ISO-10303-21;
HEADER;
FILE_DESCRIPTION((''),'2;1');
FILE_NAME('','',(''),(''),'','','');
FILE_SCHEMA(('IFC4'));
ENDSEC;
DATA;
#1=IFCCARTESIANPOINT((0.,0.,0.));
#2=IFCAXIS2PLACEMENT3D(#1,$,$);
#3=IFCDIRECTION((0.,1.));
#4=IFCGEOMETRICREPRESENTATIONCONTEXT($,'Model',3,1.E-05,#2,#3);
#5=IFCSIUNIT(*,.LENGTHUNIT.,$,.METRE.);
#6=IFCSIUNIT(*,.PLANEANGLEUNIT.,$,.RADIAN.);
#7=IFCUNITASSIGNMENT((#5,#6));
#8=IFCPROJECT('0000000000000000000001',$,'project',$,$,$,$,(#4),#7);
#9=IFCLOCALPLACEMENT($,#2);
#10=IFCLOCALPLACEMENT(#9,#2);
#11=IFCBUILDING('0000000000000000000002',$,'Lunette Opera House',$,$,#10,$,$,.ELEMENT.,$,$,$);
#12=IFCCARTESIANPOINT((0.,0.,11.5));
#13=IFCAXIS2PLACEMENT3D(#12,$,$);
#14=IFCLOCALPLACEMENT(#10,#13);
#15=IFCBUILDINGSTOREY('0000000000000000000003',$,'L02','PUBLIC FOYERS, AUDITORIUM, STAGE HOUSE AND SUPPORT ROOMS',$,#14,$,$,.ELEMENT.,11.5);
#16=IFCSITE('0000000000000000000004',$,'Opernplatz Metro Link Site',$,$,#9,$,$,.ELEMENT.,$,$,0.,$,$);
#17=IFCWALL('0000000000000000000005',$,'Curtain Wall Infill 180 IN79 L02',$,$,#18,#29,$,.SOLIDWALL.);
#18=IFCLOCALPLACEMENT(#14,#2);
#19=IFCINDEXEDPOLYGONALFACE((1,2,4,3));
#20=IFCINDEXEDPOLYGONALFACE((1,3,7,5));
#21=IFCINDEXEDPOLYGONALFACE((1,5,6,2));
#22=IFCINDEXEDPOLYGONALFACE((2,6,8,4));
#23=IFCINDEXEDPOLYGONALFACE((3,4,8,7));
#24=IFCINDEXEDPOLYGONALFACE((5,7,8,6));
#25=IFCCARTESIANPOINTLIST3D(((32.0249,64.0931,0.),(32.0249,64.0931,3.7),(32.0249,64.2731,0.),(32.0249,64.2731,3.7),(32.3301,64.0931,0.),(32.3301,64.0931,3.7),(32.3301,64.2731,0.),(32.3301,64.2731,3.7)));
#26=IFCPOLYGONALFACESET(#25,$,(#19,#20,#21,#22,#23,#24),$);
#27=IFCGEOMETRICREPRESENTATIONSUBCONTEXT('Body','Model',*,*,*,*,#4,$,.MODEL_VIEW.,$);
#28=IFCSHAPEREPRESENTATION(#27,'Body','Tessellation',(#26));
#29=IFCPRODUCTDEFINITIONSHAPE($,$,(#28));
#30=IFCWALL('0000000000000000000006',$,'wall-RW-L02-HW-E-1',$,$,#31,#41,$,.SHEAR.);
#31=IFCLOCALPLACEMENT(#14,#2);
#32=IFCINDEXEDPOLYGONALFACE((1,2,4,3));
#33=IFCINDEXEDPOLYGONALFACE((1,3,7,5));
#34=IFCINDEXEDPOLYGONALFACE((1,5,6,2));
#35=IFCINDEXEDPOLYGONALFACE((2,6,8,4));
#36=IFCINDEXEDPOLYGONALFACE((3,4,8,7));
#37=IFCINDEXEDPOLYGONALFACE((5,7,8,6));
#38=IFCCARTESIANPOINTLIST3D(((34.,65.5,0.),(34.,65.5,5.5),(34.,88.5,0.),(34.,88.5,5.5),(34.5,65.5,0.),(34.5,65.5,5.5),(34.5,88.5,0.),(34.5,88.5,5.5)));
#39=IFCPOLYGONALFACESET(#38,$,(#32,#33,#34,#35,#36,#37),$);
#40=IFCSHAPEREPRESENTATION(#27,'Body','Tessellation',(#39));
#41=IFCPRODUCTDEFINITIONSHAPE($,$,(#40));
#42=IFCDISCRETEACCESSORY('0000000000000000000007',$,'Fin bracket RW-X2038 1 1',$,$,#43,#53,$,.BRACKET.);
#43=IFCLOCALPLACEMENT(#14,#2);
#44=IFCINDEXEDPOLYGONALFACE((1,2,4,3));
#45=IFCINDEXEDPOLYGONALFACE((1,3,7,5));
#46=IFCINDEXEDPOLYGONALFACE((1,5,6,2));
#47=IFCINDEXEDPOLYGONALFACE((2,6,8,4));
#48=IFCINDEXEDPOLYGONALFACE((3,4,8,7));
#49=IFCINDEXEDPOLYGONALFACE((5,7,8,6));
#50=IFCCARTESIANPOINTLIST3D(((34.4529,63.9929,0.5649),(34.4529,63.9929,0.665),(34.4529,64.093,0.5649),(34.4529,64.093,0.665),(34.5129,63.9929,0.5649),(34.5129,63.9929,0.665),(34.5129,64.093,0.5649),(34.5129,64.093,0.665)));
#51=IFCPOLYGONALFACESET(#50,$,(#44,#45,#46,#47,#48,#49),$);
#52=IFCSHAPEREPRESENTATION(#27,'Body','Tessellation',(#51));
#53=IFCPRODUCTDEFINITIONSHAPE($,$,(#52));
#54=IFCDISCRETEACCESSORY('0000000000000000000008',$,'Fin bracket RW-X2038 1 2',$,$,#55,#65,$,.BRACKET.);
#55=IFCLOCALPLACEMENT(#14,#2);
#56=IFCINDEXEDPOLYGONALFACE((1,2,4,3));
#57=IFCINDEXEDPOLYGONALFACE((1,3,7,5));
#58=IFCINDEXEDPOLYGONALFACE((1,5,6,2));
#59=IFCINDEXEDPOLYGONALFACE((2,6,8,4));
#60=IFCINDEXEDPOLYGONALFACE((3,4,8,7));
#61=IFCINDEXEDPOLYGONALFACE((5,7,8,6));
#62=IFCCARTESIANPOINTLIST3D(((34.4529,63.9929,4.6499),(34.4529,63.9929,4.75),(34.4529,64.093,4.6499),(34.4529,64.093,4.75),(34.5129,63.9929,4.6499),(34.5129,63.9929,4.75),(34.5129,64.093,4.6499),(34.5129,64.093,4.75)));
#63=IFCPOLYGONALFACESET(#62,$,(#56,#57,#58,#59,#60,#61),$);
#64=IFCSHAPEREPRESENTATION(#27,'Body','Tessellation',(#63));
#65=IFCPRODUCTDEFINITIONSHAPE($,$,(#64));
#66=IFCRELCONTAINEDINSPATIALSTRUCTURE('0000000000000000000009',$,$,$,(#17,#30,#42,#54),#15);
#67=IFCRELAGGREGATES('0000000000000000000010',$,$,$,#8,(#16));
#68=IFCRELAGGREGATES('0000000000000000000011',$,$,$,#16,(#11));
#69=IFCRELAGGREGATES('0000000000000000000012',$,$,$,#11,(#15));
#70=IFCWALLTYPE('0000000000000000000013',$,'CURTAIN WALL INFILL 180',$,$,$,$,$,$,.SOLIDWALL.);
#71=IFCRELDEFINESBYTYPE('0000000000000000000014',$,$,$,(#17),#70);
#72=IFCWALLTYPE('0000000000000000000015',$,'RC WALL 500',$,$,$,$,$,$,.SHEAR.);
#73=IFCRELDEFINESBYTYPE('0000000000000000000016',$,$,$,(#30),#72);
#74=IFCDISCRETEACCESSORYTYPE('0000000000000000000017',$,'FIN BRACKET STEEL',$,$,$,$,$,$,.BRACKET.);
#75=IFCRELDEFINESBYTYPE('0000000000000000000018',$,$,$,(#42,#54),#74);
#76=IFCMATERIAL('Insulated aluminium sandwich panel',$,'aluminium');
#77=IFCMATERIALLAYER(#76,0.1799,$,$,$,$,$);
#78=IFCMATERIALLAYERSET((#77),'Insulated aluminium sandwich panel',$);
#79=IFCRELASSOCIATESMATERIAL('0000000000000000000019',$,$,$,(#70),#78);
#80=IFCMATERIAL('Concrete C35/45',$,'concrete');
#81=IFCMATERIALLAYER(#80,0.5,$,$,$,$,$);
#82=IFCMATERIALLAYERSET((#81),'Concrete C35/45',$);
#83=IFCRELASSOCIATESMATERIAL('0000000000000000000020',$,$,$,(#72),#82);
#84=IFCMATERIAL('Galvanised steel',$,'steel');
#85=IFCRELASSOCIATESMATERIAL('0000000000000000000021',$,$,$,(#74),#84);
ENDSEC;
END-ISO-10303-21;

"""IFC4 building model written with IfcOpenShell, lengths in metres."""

from ifc_helpers import new_model, si_unit, direction, frame, frame_2d, origin, origin_2d, place, context, subcontext, project, spatial, rectangle, extrude, material, layer, layer_set, type_object, element, save


model = new_model("IFC4")

# Units and contexts
model_context = context("Model", 3, precision=1e-05, world=origin(), true_north=direction((0.0, 1.0)))
body_context = subcontext(model_context, "Body", "Model", "MODEL_VIEW")
ifc_project = project(units=[si_unit("LENGTHUNIT", "METRE"), si_unit("PLANEANGLEUNIT", "RADIAN")], contexts=[model_context])

# Site, building, storey
site_placement = place(None, origin())
site = spatial("IfcSite", under=ifc_project, at=site_placement, Name="Opernplatz Metro Link Site", CompositionType="ELEMENT", RefElevation=0.0)
building_placement = place(site_placement, origin())
building = spatial("IfcBuilding", under=site, at=building_placement, Name="Lunette Opera House", CompositionType="ELEMENT")
storey_placement = place(building_placement, frame((0.0, 0.0, 11.5)))
storey = spatial("IfcBuildingStorey", under=building, at=storey_placement, Name="L02", Description="PUBLIC FOYERS, AUDITORIUM, STAGE HOUSE AND SUPPORT ROOMS", CompositionType="ELEMENT", Elevation=11.5)

# Walls
ifc_material_1 = material(Name="Insulated aluminium sandwich panel", Category="aluminium")
ifc_layer_1 = layer(ifc_material_1, 0.1799)
ifc_layer_set_1 = layer_set([ifc_layer_1], Name="Insulated aluminium sandwich panel")
wall_type_1 = type_object("IfcWallType", Name="CURTAIN WALL INFILL 180", PredefinedType="SOLIDWALL", material=ifc_layer_set_1)
wall_1_placement = place(storey_placement, frame((32.3301, 64.1831, 0.0), z_axis=(0.0, 0.0, 1.0), x_axis=(-1.0, 0.0, 0.0)))
element("IfcWall", 1, at=wall_1_placement, inside=storey, type_object=wall_type_1, Name="Curtain Wall Infill 180 IN79 L02", PredefinedType="SOLIDWALL", context=body_context, shape_type="SweptSolid", body=[
    extrude(rectangle(XDim=0.3052, YDim=0.1799, at=frame_2d((0.1526, 0.0))), origin(), (0.0, 0.0, 1.0), 3.7),
])
ifc_material_2 = material(Name="Concrete C35/45", Category="concrete")
ifc_layer_2 = layer(ifc_material_2, 0.5)
ifc_layer_set_2 = layer_set([ifc_layer_2], Name="Concrete C35/45")
wall_type_2 = type_object("IfcWallType", Name="RC WALL 500", PredefinedType="SHEAR", material=ifc_layer_set_2)
wall_2_placement = place(storey_placement, frame((34.25, 65.5, 0.0), z_axis=(0.0, 0.0, 1.0), x_axis=(0.0, 1.0, 0.0)))
element("IfcWall", 2, at=wall_2_placement, inside=storey, type_object=wall_type_2, Name="wall-RW-L02-HW-E-1", PredefinedType="SHEAR", context=body_context, shape_type="SweptSolid", body=[
    extrude(rectangle(XDim=23.0, YDim=0.5, at=frame_2d((11.5, 0.0))), origin(), (0.0, 0.0, 1.0), 5.5),
])

# Discrete accessories
ifc_material_3 = material(Name="Galvanised steel", Category="steel")
discrete_accessory_type = type_object("IfcDiscreteAccessoryType", Name="FIN BRACKET STEEL", PredefinedType="BRACKET", material=ifc_material_3)
for number, where, z_axis, x_axis, name in (
    (3, (34.4829, 64.043, 0.5649), (0.0, 0.0, 1.0), (0.0, -1.0, 0.0), "Fin bracket RW-X2038 1 1"),
    (4, (34.4829, 64.043, 4.6499), (0.0, 0.0, 1.0), (0.0, -1.0, 0.0), "Fin bracket RW-X2038 1 2"),
):
    element("IfcDiscreteAccessory", number, at=place(storey_placement, frame(where, z_axis=z_axis, x_axis=x_axis)), inside=storey, type_object=discrete_accessory_type, Name=name, PredefinedType="BRACKET", context=body_context, shape_type="SweptSolid", body=[
        extrude(rectangle(XDim=0.1001, YDim=0.0601, at=origin_2d()), origin(), (0.0, 0.0, 1.0), 0.1001),
    ])

save(model, "model.ifc")
